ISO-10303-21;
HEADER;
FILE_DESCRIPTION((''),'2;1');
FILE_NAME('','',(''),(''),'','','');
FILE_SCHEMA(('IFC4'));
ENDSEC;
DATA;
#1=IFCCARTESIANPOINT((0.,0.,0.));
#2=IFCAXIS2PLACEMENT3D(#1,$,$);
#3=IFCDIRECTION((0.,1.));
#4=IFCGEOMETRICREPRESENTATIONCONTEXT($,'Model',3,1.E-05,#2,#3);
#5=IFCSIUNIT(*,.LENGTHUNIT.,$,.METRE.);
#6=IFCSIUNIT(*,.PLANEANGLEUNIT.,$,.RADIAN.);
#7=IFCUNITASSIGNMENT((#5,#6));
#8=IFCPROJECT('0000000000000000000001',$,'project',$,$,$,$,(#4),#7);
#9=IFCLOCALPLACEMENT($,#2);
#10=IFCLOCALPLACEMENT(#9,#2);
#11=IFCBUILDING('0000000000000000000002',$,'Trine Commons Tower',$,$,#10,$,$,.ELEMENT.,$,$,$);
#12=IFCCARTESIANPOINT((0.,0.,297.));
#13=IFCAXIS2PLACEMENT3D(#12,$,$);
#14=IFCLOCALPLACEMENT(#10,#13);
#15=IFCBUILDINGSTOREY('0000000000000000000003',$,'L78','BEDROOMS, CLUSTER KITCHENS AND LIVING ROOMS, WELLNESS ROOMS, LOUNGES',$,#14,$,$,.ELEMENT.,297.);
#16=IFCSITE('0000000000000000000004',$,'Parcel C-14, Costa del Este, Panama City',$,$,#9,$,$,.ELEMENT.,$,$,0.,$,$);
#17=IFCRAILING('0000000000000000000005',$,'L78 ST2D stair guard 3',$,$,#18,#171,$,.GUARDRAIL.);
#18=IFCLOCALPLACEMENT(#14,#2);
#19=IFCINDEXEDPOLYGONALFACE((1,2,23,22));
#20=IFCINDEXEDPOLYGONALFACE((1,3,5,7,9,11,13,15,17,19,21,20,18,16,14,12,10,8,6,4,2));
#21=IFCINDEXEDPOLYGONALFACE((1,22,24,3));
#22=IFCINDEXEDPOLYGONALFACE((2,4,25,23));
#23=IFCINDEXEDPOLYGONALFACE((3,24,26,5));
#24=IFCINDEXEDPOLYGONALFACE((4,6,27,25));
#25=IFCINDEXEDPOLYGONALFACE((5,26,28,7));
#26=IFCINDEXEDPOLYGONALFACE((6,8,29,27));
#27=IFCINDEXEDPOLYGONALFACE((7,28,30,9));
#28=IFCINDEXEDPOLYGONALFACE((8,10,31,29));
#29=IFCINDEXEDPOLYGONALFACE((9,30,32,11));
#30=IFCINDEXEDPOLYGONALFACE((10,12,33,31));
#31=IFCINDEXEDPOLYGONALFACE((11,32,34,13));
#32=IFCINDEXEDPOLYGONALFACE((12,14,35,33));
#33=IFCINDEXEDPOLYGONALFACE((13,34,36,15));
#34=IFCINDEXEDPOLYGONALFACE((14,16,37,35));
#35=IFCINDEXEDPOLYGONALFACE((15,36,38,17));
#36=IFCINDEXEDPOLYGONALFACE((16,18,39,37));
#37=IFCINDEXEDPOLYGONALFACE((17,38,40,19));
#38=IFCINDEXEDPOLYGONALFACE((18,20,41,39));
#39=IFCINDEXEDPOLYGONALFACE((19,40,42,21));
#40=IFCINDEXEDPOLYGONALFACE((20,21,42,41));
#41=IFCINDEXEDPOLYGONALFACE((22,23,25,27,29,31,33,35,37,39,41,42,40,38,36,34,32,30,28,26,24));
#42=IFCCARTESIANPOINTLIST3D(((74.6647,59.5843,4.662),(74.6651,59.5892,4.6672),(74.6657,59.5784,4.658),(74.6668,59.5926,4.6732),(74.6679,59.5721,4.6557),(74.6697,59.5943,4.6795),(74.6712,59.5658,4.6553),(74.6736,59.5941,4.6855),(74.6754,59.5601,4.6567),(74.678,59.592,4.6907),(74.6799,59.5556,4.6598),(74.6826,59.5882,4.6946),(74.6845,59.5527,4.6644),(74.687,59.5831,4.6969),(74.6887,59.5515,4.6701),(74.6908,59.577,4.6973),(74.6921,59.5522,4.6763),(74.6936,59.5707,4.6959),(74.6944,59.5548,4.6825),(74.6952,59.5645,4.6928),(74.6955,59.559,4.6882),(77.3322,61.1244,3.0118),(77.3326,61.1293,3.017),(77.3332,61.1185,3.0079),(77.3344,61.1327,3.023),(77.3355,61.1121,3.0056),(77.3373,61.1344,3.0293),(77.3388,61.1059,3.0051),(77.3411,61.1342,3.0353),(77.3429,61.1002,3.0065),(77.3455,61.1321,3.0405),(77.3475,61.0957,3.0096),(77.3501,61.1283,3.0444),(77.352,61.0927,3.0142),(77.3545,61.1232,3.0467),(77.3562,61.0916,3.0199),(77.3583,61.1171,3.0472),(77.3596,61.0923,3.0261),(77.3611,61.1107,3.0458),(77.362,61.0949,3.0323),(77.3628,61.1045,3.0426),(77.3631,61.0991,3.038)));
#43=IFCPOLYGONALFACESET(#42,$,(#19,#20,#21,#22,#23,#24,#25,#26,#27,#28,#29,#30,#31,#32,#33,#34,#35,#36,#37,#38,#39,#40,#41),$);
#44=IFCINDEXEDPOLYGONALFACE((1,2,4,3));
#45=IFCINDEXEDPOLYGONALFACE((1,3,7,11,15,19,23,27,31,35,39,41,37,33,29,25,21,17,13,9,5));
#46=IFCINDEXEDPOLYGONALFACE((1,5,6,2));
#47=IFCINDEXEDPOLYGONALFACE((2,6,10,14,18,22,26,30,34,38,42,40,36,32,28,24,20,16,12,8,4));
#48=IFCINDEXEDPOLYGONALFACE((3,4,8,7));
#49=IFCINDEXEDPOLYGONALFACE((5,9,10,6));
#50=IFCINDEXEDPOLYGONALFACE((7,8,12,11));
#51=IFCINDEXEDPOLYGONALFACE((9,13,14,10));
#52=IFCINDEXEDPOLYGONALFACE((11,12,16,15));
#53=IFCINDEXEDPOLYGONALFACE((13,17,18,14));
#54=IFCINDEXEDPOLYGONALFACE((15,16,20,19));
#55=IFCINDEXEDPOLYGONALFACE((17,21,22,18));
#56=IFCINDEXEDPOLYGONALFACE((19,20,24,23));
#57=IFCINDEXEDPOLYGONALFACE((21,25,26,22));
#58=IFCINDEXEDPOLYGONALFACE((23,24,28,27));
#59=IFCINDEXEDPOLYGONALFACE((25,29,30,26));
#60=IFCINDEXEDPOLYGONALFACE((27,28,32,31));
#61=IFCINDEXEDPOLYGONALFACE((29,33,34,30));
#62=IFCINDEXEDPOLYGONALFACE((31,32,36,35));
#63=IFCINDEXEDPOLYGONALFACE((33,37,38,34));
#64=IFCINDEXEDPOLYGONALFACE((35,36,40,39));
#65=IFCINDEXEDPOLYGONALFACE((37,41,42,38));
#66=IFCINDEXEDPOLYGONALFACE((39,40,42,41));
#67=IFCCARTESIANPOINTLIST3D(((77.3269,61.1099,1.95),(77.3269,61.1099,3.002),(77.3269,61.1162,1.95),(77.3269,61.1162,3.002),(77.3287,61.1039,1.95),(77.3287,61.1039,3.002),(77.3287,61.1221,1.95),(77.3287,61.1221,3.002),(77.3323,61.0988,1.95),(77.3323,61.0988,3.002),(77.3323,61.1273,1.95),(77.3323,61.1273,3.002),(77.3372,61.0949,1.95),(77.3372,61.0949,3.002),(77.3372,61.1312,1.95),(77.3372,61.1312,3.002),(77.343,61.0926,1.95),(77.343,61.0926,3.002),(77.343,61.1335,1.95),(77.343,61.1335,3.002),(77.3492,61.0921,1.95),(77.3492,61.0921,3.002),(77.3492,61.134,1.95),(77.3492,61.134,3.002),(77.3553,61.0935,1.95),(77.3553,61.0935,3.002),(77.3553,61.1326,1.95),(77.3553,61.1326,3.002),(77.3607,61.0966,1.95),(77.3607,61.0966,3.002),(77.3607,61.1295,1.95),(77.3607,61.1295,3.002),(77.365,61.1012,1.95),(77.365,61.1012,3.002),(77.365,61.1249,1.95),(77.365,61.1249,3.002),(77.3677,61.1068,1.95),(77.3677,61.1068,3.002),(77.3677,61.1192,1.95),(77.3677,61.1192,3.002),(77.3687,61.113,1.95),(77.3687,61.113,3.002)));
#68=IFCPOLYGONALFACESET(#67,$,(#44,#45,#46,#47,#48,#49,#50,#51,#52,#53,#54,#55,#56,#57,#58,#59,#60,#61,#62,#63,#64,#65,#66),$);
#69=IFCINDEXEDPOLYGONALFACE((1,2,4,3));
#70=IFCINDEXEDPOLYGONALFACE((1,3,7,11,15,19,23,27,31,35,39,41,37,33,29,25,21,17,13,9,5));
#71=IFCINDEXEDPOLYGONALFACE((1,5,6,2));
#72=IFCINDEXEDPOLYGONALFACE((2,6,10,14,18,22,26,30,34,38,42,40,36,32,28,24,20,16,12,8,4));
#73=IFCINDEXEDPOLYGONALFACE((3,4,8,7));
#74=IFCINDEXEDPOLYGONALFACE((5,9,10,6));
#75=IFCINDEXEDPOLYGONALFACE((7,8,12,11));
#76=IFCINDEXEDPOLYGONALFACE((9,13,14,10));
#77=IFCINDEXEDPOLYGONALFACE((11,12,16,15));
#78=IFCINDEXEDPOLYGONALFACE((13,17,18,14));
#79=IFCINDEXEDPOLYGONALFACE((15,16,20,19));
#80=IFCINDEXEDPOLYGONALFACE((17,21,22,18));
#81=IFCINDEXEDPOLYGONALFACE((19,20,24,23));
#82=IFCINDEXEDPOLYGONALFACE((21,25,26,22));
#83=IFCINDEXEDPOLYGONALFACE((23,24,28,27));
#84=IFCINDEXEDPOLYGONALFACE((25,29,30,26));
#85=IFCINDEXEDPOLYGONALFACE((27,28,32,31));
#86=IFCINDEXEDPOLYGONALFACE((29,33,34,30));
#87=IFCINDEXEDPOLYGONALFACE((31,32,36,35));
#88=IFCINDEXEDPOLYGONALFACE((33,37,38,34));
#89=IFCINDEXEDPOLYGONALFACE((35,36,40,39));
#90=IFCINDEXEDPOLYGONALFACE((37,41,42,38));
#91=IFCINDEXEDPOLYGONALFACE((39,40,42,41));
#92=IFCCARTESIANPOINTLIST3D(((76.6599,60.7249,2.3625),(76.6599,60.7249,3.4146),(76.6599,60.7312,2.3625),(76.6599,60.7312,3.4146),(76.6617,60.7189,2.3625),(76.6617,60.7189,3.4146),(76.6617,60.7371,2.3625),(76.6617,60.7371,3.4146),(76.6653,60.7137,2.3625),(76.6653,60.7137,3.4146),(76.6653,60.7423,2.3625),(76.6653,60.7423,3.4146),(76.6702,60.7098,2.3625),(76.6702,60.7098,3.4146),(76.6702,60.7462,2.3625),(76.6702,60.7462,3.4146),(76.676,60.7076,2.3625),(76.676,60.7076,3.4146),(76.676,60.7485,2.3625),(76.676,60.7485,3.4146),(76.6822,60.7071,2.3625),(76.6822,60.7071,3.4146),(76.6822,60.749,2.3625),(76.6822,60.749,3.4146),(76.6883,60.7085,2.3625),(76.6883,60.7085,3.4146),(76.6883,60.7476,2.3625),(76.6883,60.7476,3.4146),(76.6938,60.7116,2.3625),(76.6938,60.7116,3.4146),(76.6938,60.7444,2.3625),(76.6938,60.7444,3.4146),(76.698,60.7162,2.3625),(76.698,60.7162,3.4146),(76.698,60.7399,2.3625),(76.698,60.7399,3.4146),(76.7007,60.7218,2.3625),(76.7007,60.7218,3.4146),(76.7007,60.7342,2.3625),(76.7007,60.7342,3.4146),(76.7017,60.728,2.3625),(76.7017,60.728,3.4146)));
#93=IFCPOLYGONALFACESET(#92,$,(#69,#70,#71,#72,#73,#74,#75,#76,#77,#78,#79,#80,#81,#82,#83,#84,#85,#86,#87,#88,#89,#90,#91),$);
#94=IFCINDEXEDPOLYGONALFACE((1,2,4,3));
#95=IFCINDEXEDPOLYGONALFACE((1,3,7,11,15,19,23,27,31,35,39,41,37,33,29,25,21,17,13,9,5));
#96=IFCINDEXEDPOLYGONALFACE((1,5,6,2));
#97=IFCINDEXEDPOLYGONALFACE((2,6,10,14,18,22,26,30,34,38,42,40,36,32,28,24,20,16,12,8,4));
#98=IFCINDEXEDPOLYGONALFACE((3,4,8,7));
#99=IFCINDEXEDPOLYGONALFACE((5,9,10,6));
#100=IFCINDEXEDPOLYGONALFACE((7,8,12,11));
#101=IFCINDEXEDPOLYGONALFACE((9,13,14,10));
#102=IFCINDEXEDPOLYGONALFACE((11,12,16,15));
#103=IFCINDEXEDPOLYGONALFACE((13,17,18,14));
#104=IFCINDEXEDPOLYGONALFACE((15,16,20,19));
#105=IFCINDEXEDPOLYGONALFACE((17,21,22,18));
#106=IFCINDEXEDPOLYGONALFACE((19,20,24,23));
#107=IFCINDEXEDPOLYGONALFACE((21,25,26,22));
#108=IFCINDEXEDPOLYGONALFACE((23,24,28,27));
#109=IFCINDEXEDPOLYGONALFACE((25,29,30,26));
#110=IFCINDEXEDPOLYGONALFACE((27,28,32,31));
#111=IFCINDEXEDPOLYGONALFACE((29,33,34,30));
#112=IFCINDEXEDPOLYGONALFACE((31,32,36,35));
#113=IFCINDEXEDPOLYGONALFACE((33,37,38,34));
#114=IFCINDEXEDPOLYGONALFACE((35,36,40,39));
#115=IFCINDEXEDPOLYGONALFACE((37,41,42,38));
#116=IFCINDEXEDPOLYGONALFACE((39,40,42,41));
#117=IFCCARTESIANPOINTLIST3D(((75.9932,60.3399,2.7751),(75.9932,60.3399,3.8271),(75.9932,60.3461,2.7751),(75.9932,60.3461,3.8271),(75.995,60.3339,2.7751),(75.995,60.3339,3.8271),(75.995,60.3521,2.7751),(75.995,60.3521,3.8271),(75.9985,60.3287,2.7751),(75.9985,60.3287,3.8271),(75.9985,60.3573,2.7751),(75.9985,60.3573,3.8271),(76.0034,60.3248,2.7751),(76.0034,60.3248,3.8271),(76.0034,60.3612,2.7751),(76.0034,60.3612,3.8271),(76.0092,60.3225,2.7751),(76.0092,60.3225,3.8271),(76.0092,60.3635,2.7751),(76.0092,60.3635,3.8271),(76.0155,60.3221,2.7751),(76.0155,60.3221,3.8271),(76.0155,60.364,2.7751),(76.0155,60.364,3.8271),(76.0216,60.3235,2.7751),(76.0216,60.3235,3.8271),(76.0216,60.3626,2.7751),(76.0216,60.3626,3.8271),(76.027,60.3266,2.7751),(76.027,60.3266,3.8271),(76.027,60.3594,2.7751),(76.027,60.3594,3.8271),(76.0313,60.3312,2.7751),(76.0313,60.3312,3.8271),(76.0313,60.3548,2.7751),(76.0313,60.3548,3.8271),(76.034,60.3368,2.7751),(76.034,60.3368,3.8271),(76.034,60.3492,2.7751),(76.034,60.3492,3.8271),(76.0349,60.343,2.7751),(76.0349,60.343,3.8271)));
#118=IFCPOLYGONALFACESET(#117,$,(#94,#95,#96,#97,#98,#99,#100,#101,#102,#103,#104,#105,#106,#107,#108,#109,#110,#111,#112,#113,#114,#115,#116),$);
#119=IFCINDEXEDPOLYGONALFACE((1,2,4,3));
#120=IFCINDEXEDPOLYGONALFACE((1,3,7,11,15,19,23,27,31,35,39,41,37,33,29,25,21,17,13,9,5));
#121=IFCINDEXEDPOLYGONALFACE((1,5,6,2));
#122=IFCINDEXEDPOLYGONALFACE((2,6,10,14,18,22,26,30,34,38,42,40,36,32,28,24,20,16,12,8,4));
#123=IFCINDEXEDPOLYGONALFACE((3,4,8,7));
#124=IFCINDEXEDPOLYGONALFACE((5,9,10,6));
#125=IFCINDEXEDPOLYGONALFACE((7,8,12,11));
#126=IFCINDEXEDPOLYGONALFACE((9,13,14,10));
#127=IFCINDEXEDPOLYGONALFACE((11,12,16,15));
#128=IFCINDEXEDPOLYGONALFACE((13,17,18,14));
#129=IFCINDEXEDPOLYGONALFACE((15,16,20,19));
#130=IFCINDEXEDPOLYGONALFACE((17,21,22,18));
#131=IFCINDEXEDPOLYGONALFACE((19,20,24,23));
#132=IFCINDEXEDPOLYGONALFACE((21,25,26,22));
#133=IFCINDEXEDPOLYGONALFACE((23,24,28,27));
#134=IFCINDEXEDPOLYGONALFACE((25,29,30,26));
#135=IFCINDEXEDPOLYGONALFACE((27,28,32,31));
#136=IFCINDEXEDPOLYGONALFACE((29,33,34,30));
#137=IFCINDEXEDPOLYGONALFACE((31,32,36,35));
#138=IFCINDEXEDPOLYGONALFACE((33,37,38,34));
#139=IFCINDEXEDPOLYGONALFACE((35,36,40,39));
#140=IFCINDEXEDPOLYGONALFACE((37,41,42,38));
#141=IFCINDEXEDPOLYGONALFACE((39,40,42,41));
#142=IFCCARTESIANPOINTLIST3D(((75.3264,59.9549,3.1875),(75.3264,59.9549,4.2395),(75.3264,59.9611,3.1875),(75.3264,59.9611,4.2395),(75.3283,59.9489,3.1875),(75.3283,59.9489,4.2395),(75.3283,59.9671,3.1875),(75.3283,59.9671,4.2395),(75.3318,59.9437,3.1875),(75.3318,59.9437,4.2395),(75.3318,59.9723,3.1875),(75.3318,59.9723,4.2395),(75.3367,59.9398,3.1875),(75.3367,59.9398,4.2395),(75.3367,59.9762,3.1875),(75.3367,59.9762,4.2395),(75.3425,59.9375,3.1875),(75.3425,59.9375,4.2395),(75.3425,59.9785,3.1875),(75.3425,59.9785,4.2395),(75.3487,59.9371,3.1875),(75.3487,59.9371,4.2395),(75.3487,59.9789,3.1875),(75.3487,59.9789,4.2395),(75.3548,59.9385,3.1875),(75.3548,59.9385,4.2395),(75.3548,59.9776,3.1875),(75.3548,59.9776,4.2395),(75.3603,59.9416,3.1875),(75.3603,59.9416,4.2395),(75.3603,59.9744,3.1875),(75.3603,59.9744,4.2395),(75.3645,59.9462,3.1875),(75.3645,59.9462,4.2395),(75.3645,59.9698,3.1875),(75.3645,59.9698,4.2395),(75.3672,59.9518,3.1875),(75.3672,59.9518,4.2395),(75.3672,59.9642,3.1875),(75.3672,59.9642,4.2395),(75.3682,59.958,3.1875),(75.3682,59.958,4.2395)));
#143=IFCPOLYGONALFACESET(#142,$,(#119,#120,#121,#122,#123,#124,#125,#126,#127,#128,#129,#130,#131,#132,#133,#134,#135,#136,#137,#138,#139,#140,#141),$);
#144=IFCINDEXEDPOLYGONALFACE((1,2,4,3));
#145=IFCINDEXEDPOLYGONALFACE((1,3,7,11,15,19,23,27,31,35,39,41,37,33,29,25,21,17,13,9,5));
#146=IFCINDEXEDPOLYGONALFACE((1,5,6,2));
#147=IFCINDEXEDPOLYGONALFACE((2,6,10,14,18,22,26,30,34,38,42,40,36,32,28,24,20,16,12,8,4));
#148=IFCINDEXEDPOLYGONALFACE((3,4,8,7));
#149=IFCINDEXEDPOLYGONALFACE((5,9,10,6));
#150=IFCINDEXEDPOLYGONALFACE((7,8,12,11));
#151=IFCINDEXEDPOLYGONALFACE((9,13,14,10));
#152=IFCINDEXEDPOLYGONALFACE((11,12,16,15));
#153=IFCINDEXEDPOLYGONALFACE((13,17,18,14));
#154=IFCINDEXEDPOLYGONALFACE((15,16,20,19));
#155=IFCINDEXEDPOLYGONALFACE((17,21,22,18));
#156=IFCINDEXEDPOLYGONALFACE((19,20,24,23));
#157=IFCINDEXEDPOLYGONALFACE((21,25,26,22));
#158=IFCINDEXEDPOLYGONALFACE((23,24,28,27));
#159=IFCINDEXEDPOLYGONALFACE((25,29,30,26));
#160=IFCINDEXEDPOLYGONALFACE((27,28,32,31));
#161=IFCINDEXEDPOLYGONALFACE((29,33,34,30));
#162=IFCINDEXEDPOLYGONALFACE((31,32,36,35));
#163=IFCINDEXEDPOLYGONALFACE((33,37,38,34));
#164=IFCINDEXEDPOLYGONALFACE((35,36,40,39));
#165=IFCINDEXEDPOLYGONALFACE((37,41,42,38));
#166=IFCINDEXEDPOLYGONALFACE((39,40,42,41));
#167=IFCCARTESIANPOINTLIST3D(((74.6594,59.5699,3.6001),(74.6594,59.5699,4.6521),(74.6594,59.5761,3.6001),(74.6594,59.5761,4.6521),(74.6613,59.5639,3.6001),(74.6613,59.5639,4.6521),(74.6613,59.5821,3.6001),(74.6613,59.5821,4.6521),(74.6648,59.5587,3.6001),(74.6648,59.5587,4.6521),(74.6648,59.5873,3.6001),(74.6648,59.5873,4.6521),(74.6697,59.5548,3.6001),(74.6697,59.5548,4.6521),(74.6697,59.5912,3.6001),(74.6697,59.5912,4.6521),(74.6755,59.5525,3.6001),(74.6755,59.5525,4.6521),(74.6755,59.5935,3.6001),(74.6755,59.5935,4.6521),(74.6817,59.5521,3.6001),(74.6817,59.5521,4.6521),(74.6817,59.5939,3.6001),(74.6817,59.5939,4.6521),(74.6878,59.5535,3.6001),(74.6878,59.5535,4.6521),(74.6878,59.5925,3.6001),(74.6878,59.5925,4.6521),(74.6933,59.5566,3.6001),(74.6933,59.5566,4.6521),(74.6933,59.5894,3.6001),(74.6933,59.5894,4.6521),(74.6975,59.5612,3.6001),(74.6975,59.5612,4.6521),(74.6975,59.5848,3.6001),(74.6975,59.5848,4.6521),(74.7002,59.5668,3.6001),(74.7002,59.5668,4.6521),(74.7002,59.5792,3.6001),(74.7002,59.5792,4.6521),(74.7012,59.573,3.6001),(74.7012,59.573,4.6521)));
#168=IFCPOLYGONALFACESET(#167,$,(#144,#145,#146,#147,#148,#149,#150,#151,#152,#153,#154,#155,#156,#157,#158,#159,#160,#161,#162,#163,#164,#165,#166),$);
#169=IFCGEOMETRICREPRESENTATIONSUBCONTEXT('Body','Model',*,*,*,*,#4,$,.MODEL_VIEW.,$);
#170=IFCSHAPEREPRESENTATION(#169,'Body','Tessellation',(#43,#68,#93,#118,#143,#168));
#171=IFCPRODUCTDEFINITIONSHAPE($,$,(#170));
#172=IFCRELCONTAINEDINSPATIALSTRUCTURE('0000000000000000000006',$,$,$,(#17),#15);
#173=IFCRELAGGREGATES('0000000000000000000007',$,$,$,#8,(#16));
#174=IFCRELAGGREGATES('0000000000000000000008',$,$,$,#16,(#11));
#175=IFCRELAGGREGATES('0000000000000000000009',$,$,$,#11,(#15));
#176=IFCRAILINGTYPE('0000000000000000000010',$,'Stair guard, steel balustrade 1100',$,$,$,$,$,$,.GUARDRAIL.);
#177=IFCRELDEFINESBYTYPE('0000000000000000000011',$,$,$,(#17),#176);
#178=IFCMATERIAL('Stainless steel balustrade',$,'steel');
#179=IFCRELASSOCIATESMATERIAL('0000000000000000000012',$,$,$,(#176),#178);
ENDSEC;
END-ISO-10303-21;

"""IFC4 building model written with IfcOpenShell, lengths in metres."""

from ifc_helpers import new_model, si_unit, direction, frame, origin, origin_2d, place, context, subcontext, project, spatial, circle, extrude, material, type_object, element, save


model = new_model("IFC4")

# Units and contexts
model_context = context("Model", 3, precision=1e-05, world=origin(), true_north=direction((0.0, 1.0)))
body_context = subcontext(model_context, "Body", "Model", "MODEL_VIEW")
ifc_project = project(units=[si_unit("LENGTHUNIT", "METRE"), si_unit("PLANEANGLEUNIT", "RADIAN")], contexts=[model_context])

# Site, building, storey
site_placement = place(None, origin())
site = spatial("IfcSite", under=ifc_project, at=site_placement, Name="Parcel C-14, Costa del Este, Panama City", CompositionType="ELEMENT", RefElevation=0.0)
building_placement = place(site_placement, origin())
building = spatial("IfcBuilding", under=site, at=building_placement, Name="Trine Commons Tower", CompositionType="ELEMENT")
storey_placement = place(building_placement, frame((0.0, 0.0, 297.0)))
storey = spatial("IfcBuildingStorey", under=building, at=storey_placement, Name="L78", Description="BEDROOMS, CLUSTER KITCHENS AND LIVING ROOMS, WELLNESS ROOMS, LOUNGES", CompositionType="ELEMENT", Elevation=297.0)

# Railing
ifc_material_1 = material(Name="Stainless steel balustrade", Category="steel")
railing_type_1 = type_object("IfcRailingType", Name="Stair guard, steel balustrade 1100", PredefinedType="GUARDRAIL", material=ifc_material_1)
railing_1_placement = place(storey_placement, frame((77.3477, 61.113, 1.95)))
element("IfcRailing", 1, at=railing_1_placement, inside=storey, type_object=railing_type_1, Name="L78 ST2D stair guard 3", PredefinedType="GUARDRAIL", context=body_context, shape_type="SweptSolid", body=[
    extrude(circle(Radius=0.0239, at=origin_2d()), frame((0.0, 0.0, 1.0762), z_axis=(-0.76338, -0.440728, 0.472239), x_axis=(0.499992, -0.86603, 0.0)), (0.0, 0.0, 1.0), 3.4944),
    extrude(circle(Radius=0.021, at=origin_2d()), origin(), (0.0, 0.0, 1.0), 1.052),
    extrude(circle(Radius=0.021, at=origin_2d()), frame((-0.667, -0.385, 0.4126)), (0.0, 0.0, 1.0), 1.052),
    extrude(circle(Radius=0.021, at=origin_2d()), frame((-1.3337, -0.77, 0.8252)), (0.0, 0.0, 1.0), 1.052),
    extrude(circle(Radius=0.021, at=origin_2d()), frame((-2.0005, -1.155, 1.2375)), (0.0, 0.0, 1.0), 1.052),
    extrude(circle(Radius=0.021, at=origin_2d()), frame((-2.6675, -1.54, 1.6501)), (0.0, 0.0, 1.0), 1.052),
])

save(model, "model.ifc")
